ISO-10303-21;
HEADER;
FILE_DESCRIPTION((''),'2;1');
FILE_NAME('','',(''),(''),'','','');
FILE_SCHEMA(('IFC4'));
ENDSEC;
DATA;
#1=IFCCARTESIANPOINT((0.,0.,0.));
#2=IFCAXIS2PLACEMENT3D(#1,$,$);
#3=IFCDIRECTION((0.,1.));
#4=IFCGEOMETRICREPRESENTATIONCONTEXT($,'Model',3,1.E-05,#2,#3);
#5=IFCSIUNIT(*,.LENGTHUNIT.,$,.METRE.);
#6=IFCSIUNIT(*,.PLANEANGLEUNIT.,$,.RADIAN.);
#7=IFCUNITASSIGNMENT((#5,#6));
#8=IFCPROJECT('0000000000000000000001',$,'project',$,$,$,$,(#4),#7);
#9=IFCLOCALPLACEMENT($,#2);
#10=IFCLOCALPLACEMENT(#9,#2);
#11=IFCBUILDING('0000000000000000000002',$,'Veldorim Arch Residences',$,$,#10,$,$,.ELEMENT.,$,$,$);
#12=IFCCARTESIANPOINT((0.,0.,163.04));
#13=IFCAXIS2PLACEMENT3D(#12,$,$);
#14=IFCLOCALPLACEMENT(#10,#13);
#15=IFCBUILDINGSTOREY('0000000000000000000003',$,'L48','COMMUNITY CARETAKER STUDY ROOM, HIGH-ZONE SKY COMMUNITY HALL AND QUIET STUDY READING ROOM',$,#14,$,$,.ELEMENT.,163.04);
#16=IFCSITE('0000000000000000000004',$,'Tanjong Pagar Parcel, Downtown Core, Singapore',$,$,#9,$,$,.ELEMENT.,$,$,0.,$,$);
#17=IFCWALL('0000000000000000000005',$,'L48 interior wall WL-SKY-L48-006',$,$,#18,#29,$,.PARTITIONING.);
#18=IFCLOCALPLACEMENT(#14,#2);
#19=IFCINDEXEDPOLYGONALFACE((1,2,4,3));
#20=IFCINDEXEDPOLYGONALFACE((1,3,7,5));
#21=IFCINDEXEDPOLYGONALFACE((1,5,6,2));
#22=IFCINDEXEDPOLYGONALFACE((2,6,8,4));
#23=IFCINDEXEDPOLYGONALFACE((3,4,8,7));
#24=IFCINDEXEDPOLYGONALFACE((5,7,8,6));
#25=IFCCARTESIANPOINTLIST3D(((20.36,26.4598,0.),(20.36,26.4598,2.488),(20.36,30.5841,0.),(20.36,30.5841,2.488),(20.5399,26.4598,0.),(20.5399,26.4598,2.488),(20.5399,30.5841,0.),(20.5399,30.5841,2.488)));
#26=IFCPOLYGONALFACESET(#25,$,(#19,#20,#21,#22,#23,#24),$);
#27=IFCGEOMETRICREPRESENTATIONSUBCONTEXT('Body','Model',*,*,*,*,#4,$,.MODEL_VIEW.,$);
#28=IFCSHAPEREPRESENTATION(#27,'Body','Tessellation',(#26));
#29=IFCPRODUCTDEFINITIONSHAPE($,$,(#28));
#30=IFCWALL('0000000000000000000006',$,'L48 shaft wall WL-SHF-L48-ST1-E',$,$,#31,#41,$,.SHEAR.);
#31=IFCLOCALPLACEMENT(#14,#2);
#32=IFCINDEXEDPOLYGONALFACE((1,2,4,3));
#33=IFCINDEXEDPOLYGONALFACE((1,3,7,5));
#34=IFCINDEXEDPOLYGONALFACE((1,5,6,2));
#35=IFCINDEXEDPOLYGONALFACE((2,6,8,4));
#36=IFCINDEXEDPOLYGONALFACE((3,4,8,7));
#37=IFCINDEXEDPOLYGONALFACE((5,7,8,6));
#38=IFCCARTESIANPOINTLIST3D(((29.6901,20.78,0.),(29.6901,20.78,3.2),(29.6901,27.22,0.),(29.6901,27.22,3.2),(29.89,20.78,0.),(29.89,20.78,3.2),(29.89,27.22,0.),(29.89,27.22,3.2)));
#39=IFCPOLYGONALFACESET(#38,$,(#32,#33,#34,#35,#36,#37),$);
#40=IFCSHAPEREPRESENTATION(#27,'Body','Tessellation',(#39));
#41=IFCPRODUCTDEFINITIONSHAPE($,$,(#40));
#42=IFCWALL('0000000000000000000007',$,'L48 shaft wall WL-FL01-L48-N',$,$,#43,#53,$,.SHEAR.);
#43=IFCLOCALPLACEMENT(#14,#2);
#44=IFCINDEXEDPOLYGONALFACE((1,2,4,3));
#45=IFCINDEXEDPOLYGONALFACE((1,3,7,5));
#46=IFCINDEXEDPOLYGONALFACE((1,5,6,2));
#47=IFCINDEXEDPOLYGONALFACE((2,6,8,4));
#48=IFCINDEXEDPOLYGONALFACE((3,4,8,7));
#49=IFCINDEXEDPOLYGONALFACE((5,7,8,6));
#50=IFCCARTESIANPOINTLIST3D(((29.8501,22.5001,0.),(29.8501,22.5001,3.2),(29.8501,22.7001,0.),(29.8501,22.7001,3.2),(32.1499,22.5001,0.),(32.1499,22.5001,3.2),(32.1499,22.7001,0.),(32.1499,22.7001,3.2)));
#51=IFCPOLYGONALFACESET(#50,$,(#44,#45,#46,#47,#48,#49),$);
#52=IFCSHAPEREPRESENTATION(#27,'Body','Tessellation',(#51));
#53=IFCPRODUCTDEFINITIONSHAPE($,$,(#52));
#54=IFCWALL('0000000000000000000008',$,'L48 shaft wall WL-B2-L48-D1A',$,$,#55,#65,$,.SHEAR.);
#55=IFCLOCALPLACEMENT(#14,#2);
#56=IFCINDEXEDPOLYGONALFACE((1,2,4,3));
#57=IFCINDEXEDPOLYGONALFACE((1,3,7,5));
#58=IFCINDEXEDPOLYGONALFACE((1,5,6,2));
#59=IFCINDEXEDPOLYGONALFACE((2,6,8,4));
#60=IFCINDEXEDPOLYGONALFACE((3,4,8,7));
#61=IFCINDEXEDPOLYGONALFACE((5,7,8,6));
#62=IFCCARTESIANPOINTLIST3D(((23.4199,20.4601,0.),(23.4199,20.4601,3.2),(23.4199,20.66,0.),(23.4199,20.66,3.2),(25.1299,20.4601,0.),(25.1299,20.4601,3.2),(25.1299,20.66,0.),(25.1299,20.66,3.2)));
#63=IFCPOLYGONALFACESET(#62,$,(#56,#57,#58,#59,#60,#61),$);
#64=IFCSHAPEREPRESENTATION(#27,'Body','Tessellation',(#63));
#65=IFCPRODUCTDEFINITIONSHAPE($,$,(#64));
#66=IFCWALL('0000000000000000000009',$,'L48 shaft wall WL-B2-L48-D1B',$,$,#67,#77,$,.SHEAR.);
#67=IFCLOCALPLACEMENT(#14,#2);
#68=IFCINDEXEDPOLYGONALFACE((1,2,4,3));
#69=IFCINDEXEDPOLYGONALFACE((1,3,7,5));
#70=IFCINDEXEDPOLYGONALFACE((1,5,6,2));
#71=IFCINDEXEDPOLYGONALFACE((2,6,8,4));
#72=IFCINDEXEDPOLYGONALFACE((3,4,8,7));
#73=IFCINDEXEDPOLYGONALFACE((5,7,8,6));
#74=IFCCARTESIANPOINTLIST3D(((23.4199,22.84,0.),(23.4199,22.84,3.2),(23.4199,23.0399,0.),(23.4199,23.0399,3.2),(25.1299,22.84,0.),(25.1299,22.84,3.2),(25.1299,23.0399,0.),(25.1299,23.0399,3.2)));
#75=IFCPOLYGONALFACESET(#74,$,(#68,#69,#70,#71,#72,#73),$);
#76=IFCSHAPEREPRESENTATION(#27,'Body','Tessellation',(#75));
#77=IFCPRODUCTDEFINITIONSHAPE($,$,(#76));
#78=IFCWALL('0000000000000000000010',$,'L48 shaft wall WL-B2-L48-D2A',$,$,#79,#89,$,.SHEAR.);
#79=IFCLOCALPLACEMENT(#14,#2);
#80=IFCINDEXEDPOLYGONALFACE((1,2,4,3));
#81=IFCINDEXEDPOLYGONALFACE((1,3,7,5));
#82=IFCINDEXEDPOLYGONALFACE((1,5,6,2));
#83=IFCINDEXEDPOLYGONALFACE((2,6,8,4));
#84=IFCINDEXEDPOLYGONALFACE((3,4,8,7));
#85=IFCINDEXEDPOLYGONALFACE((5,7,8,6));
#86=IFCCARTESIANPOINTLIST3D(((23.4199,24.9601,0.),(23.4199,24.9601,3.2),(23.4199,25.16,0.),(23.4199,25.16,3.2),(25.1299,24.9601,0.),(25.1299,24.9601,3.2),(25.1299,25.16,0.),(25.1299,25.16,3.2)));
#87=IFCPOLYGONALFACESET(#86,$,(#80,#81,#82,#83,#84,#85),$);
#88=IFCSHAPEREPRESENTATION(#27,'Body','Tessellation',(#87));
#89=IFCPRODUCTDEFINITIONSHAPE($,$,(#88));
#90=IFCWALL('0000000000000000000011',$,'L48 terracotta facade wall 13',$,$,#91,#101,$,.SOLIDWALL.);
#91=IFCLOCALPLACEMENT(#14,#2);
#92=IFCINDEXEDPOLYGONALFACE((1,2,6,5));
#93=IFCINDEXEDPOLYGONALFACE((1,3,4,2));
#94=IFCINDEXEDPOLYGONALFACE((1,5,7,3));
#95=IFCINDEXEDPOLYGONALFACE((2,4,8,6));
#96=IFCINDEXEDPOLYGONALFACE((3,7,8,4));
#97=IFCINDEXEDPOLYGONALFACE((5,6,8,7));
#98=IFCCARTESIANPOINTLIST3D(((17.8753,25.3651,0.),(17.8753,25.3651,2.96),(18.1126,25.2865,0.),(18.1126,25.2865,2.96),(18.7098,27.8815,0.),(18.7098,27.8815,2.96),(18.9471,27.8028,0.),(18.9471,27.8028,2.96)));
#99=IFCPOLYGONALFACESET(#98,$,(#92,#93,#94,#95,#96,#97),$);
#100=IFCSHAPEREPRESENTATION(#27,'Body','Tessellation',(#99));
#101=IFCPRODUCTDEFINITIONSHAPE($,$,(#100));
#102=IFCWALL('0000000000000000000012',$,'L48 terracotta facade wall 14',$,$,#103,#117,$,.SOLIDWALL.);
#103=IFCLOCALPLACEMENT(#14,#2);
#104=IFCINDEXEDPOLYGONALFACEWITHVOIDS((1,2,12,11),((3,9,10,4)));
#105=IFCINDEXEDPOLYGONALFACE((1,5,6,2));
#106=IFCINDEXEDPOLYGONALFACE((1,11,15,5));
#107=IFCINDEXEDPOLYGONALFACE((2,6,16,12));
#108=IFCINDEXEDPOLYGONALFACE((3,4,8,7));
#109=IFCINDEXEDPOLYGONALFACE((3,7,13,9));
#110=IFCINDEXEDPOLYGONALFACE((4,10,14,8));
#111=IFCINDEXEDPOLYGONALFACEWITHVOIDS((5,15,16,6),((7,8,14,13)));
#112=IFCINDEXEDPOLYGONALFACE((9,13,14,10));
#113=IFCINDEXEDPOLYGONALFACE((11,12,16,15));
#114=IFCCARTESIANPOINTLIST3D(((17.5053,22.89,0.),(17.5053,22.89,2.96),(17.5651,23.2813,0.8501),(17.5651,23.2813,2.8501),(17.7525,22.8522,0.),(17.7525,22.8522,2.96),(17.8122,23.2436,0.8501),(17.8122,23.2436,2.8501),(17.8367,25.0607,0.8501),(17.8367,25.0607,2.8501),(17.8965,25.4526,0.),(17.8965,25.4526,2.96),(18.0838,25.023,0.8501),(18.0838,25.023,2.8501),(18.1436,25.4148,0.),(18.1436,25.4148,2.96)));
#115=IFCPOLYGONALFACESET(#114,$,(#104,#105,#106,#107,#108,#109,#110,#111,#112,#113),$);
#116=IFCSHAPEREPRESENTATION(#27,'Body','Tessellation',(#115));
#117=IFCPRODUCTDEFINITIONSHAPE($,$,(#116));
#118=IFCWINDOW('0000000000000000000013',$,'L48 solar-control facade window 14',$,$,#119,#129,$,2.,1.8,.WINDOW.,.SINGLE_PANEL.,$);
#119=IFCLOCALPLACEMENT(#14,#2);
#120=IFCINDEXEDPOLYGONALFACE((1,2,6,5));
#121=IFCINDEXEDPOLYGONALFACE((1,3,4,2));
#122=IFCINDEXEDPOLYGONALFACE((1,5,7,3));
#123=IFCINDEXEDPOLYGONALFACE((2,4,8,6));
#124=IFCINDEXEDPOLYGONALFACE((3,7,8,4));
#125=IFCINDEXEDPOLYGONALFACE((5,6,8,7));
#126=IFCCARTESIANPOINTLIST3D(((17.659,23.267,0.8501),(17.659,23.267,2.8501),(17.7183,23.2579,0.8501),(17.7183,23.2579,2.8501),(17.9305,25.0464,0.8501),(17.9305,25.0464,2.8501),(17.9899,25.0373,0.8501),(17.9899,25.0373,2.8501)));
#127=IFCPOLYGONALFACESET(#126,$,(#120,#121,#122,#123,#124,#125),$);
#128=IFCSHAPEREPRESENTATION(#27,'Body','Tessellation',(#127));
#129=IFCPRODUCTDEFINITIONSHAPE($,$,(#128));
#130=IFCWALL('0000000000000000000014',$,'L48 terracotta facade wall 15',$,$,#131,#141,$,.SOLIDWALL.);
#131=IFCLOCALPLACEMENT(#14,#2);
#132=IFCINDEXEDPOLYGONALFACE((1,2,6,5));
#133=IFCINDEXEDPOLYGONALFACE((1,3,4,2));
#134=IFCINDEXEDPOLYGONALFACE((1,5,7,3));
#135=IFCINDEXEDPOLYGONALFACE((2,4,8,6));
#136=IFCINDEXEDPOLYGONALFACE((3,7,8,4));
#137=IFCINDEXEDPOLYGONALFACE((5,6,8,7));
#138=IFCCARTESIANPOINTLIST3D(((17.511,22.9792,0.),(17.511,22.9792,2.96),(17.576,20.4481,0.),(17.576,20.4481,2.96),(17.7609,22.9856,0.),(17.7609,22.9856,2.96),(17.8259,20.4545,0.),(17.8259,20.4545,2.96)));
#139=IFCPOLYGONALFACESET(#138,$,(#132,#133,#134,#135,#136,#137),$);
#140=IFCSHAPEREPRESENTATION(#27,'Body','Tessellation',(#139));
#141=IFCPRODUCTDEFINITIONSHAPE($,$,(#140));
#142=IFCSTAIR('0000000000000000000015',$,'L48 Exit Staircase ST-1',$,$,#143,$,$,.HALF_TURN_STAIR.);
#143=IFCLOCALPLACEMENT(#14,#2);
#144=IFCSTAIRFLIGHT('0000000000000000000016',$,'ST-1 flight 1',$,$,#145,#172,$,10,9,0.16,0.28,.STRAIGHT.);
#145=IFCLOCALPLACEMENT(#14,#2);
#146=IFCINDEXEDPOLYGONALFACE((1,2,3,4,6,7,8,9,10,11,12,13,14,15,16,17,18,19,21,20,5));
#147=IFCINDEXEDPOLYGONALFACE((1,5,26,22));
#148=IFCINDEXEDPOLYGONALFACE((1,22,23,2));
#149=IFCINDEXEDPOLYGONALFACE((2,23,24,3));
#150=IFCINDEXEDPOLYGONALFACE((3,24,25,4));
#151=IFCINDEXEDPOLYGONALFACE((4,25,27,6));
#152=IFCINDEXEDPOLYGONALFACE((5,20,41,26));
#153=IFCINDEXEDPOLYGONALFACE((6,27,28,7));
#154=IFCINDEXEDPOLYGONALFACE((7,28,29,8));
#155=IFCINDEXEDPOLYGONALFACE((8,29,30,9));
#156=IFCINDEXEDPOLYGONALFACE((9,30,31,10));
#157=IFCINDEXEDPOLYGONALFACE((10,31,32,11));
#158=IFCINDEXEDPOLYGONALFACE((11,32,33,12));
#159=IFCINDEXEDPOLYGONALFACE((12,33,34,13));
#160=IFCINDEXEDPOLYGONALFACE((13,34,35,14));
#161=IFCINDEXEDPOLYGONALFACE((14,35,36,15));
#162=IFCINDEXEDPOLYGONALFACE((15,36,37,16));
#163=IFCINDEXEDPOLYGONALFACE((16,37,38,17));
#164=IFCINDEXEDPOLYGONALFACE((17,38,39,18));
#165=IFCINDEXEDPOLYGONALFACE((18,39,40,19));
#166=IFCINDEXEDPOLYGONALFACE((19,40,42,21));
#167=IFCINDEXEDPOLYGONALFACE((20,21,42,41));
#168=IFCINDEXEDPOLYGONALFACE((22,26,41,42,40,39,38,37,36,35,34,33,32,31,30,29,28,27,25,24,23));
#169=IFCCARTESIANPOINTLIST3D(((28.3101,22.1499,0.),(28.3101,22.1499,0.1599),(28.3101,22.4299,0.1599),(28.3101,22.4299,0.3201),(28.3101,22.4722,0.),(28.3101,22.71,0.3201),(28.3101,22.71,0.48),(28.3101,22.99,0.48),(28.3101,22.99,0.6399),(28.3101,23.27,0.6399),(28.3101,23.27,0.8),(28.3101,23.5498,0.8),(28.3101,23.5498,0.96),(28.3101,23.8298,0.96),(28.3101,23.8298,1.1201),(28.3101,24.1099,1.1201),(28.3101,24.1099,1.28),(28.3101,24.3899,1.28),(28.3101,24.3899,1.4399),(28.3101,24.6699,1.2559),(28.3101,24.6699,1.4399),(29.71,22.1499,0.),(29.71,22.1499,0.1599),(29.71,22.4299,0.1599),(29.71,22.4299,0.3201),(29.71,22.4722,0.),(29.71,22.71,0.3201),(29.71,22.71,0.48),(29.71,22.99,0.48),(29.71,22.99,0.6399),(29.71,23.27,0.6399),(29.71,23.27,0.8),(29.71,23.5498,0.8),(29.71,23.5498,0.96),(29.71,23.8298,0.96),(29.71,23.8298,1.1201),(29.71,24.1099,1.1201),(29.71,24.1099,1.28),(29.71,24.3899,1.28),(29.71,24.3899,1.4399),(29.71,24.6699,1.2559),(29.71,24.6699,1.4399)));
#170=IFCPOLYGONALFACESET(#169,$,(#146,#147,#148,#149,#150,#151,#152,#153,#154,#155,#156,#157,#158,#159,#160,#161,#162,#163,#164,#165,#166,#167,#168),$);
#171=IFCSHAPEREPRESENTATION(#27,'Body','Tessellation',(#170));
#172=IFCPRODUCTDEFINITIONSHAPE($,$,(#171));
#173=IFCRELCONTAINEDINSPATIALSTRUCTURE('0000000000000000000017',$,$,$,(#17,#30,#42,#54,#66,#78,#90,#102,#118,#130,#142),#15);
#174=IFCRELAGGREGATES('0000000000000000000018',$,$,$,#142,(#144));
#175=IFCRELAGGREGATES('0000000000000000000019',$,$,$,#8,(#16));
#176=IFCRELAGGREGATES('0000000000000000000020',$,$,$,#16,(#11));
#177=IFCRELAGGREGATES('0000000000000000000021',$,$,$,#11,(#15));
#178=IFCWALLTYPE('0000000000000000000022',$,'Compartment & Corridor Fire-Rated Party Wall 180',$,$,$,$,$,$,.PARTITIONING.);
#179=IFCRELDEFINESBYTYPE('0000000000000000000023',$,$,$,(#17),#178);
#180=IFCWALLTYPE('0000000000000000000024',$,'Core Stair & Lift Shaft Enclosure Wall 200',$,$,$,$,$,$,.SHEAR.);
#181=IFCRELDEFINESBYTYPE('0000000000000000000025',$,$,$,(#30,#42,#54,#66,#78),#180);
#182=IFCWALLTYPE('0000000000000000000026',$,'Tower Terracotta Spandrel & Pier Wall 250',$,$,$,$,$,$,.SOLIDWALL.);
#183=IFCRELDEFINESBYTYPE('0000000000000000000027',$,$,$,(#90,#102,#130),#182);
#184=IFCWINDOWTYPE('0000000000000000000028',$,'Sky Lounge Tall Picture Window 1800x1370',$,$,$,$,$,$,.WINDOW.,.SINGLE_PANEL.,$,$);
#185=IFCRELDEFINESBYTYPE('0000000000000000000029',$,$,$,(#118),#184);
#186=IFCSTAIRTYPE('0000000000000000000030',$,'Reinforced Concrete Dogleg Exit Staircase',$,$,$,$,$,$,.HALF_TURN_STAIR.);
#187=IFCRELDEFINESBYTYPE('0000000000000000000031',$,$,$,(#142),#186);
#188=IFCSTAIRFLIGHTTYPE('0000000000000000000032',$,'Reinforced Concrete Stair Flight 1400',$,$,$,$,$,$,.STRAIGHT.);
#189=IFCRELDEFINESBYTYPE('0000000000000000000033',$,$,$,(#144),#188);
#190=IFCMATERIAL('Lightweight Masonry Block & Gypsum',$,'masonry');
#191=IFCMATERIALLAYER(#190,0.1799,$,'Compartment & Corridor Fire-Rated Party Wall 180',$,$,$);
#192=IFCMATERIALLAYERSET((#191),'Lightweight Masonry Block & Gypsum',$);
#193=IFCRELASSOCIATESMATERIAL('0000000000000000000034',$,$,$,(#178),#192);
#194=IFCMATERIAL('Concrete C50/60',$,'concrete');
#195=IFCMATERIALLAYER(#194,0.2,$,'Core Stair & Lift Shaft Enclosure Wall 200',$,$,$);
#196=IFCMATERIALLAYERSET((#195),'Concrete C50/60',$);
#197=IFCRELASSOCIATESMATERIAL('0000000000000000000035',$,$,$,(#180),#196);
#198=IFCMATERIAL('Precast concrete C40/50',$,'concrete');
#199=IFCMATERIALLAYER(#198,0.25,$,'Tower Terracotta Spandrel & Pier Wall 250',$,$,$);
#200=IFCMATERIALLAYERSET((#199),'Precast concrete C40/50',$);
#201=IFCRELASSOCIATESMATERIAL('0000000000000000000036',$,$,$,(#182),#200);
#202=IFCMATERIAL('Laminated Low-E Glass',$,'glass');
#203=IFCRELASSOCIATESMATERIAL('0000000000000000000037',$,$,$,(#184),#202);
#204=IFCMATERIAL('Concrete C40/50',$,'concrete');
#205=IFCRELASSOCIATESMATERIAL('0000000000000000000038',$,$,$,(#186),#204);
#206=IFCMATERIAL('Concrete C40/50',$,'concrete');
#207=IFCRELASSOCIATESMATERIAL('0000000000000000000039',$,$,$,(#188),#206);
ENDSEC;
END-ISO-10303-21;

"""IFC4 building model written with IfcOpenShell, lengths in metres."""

from ifc_helpers import new_model, si_unit, direction, frame, frame_2d, origin, place, context, subcontext, project, spatial, polyline, rectangle, outline, extrude, material, layer, layer_set, type_object, element, fill, aggregate, save


model = new_model("IFC4")

# Units and contexts
model_context = context("Model", 3, precision=1e-05, world=origin(), true_north=direction((0.0, 1.0)))
body_context = subcontext(model_context, "Body", "Model", "MODEL_VIEW")
ifc_project = project(units=[si_unit("LENGTHUNIT", "METRE"), si_unit("PLANEANGLEUNIT", "RADIAN")], contexts=[model_context])

# Site, building, storey
site_placement = place(None, origin())
site = spatial("IfcSite", under=ifc_project, at=site_placement, Name="Tanjong Pagar Parcel, Downtown Core, Singapore", CompositionType="ELEMENT", RefElevation=0.0)
building_placement = place(site_placement, origin())
building = spatial("IfcBuilding", under=site, at=building_placement, Name="Veldorim Arch Residences", CompositionType="ELEMENT")
storey_placement = place(building_placement, frame((0.0, 0.0, 163.04)))
storey = spatial("IfcBuildingStorey", under=building, at=storey_placement, Name="L48", Description="COMMUNITY CARETAKER STUDY ROOM, HIGH-ZONE SKY COMMUNITY HALL AND QUIET STUDY READING ROOM", CompositionType="ELEMENT", Elevation=163.04)

# Walls
ifc_material_1 = material(Name="Lightweight Masonry Block & Gypsum", Category="masonry")
ifc_layer_1 = layer(ifc_material_1, 0.1799, Name="Compartment & Corridor Fire-Rated Party Wall 180")
ifc_layer_set_1 = layer_set([ifc_layer_1], Name="Lightweight Masonry Block & Gypsum")
wall_type_1 = type_object("IfcWallType", Name="Compartment & Corridor Fire-Rated Party Wall 180", PredefinedType="PARTITIONING", material=ifc_layer_set_1)
wall_1_placement = place(storey_placement, frame((20.45, 26.46, 0.0), z_axis=(0.0, 0.0, 1.0), x_axis=(0.0, 1.0, 0.0)))
element("IfcWall", 1, at=wall_1_placement, inside=storey, type_object=wall_type_1, Name="L48 interior wall WL-SKY-L48-006", PredefinedType="PARTITIONING", context=body_context, shape_type="SweptSolid", body=[
    extrude(rectangle(XDim=4.1243, YDim=0.1799, at=frame_2d((2.062, 0.0))), origin(), (0.0, 0.0, 1.0), 2.488),
])
ifc_material_2 = material(Name="Concrete C50/60", Category="concrete")
ifc_layer_2 = layer(ifc_material_2, 0.2, Name="Core Stair & Lift Shaft Enclosure Wall 200")
ifc_layer_set_2 = layer_set([ifc_layer_2], Name="Concrete C50/60")
wall_type_2 = type_object("IfcWallType", Name="Core Stair & Lift Shaft Enclosure Wall 200", PredefinedType="SHEAR", material=ifc_layer_set_2)
wall_2_placement = place(storey_placement, frame((29.79, 20.78, 0.0), z_axis=(0.0, 0.0, 1.0), x_axis=(0.0, 1.0, 0.0)))
element("IfcWall", 2, at=wall_2_placement, inside=storey, type_object=wall_type_2, Name="L48 shaft wall WL-SHF-L48-ST1-E", PredefinedType="SHEAR", context=body_context, shape_type="SweptSolid", body=[
    extrude(rectangle(XDim=6.4399, YDim=0.2, at=frame_2d((3.22, 0.0))), origin(), (0.0, 0.0, 1.0), 3.2),
])

# Walls
wall_3_placement = place(storey_placement, frame((29.8501, 22.6001, 0.0), z_axis=(0.0, 0.0, 1.0), x_axis=(1.0, 0.0, 0.0)))
element("IfcWall", 3, at=wall_3_placement, inside=storey, type_object=wall_type_2, Name="L48 shaft wall WL-FL01-L48-N", PredefinedType="SHEAR", context=body_context, shape_type="SweptSolid", body=[
    extrude(rectangle(XDim=2.2998, YDim=0.2, at=frame_2d((1.1499, 0.0))), origin(), (0.0, 0.0, 1.0), 3.2),
])
for number, where, z_axis, x_axis, name in (
    (4, (23.4199, 20.5601, 0.0), (0.0, 0.0, 1.0), (1.0, 0.0, 0.0), "L48 shaft wall WL-B2-L48-D1A"),
    (5, (23.4199, 22.9399, 0.0), (0.0, 0.0, 1.0), (1.0, 0.0, 0.0), "L48 shaft wall WL-B2-L48-D1B"),
    (6, (23.4199, 25.0601, 0.0), (0.0, 0.0, 1.0), (1.0, 0.0, 0.0), "L48 shaft wall WL-B2-L48-D2A"),
):
    element("IfcWall", number, at=place(storey_placement, frame(where, z_axis=z_axis, x_axis=x_axis)), inside=storey, type_object=wall_type_2, Name=name, PredefinedType="SHEAR", context=body_context, shape_type="SweptSolid", body=[
        extrude(rectangle(XDim=1.71, YDim=0.2, at=frame_2d((0.855, 0.0))), origin(), (0.0, 0.0, 1.0), 3.2),
    ])
ifc_material_3 = material(Name="Precast concrete C40/50", Category="concrete")
ifc_layer_3 = layer(ifc_material_3, 0.25, Name="Tower Terracotta Spandrel & Pier Wall 250")
ifc_layer_set_3 = layer_set([ifc_layer_3], Name="Precast concrete C40/50")
wall_type_3 = type_object("IfcWallType", Name="Tower Terracotta Spandrel & Pier Wall 250", PredefinedType="SOLIDWALL", material=ifc_layer_set_3)
wall_4_placement = place(storey_placement, frame((17.9939, 25.3257, 0.0), z_axis=(0.0, 0.0, 1.0), x_axis=(0.314763, 0.94917, 0.0)))
element("IfcWall", 7, at=wall_4_placement, inside=storey, type_object=wall_type_3, Name="L48 terracotta facade wall 13", PredefinedType="SOLIDWALL", context=body_context, shape_type="SweptSolid", body=[
    extrude(rectangle(XDim=2.6511, YDim=0.25, at=frame_2d((1.3257, 0.0))), origin(), (0.0, 0.0, 1.0), 2.96),
])

# Wall, opening, window
wall_5_placement = place(storey_placement, frame((17.6289, 22.8711, 0.0), z_axis=(0.0, 0.0, 1.0), x_axis=(0.150882, 0.988552, 0.0)))
wall_5 = element("IfcWall", 8, at=wall_5_placement, inside=storey, type_object=wall_type_3, Name="L48 terracotta facade wall 14", PredefinedType="SOLIDWALL", context=body_context, shape_type="SweptSolid", body=[
    extrude(rectangle(XDim=2.5923, YDim=0.25, at=frame_2d((1.2961, 0.0))), origin(), (0.0, 0.0, 1.0), 2.96),
])
opening_1_placement = place(wall_5_placement, frame((0.396, 0.0, 0.8501)))
opening_1 = element("IfcOpeningElement", 9, at=opening_1_placement, cuts=wall_5, PredefinedType="OPENING", context=body_context, shape_type="SweptSolid", body=[
    extrude(rectangle(XDim=1.8, YDim=2.0, at=frame_2d((0.8999, 1.0))), frame((0.0, 0.135, 0.0), z_axis=(0.0, -1.0, 0.0), x_axis=(1.0, 0.0, 0.0)), (0.0, 0.0, 1.0), 0.27),
])
ifc_material_4 = material(Name="Laminated Low-E Glass", Category="glass")
window_type = type_object("IfcWindowType", Name="Sky Lounge Tall Picture Window 1800x1370", PartitioningType="SINGLE_PANEL", PredefinedType="WINDOW", material=ifc_material_4)
window_placement = place(opening_1_placement, origin())
window = element("IfcWindow", 10, at=window_placement, inside=storey, type_object=window_type, Name="L48 solar-control facade window 14", OverallHeight=2.0, OverallWidth=1.8, PartitioningType="SINGLE_PANEL", PredefinedType="WINDOW", context=body_context, shape_type="SweptSolid", body=[
    extrude(rectangle(XDim=1.8, YDim=2.0, at=frame_2d((0.8999, 1.0))), frame((0.0, 0.03, 0.0), z_axis=(0.0, -1.0, 0.0), x_axis=(1.0, 0.0, 0.0)), (0.0, 0.0, 1.0), 0.0601),
])
fill(opening_1, window)

# Wall
wall_6_placement = place(storey_placement, frame((17.7009, 20.4512, 0.0), z_axis=(0.0, 0.0, 1.0), x_axis=(-0.025647, 0.999671, 0.0)))
element("IfcWall", 11, at=wall_6_placement, inside=storey, type_object=wall_type_3, Name="L48 terracotta facade wall 15", PredefinedType="SOLIDWALL", context=body_context, shape_type="SweptSolid", body=[
    extrude(rectangle(XDim=2.532, YDim=0.25, at=frame_2d((1.2661, 0.0))), origin(), (0.0, 0.0, 1.0), 2.96),
])

# Stair, stair flight
ifc_material_5 = material(Name="Concrete C40/50", Category="concrete")
stair_type = type_object("IfcStairType", Name="Reinforced Concrete Dogleg Exit Staircase", PredefinedType="HALF_TURN_STAIR", material=ifc_material_5)
stair_placement = place(storey_placement, origin())
stair = element("IfcStair", 12, at=stair_placement, inside=storey, type_object=stair_type, Name="L48 Exit Staircase ST-1", PredefinedType="HALF_TURN_STAIR")
ifc_material_6 = material(Name="Concrete C40/50", Category="concrete")
stair_flight_type = type_object("IfcStairFlightType", Name="Reinforced Concrete Stair Flight 1400", PredefinedType="STRAIGHT", material=ifc_material_6)
stair_flight_1_placement = place(storey_placement, frame((29.01, 22.1499, 0.0), z_axis=(0.0, 0.0, 1.0), x_axis=(0.0, 1.0, 0.0)))
stair_flight_1 = element("IfcStairFlight", 13, at=stair_flight_1_placement, type_object=stair_flight_type, Name="ST-1 flight 1", NumberOfRisers=10, NumberOfTreads=9, PredefinedType="STRAIGHT", RiserHeight=0.16, TreadLength=0.28, context=body_context, shape_type="SweptSolid", body=[
    extrude(outline(polyline([(0.0, 0.0), (0.0, 0.1599), (0.28, 0.1599), (0.28, 0.3201), (0.5601, 0.3201), (0.5601, 0.48), (0.8401, 0.48), (0.8401, 0.6399), (1.1201, 0.6399), (1.1201, 0.8), (1.3999, 0.8), (1.3999, 0.96), (1.6799, 0.96), (1.6799, 1.1201), (1.96, 1.1201), (1.96, 1.28), (2.24, 1.28), (2.24, 1.4399), (2.52, 1.4399), (2.52, 1.6001), (2.52, 1.2559), (0.3223, 0.0), (0.0, 0.0)])), frame((0.0, 0.7, 0.0), z_axis=(0.0, -1.0, 0.0), x_axis=(1.0, 0.0, 0.0)), (0.0, 0.0, 1.0), 1.3999),
])
aggregate(stair, [stair_flight_1])

save(model, "model.ifc")
